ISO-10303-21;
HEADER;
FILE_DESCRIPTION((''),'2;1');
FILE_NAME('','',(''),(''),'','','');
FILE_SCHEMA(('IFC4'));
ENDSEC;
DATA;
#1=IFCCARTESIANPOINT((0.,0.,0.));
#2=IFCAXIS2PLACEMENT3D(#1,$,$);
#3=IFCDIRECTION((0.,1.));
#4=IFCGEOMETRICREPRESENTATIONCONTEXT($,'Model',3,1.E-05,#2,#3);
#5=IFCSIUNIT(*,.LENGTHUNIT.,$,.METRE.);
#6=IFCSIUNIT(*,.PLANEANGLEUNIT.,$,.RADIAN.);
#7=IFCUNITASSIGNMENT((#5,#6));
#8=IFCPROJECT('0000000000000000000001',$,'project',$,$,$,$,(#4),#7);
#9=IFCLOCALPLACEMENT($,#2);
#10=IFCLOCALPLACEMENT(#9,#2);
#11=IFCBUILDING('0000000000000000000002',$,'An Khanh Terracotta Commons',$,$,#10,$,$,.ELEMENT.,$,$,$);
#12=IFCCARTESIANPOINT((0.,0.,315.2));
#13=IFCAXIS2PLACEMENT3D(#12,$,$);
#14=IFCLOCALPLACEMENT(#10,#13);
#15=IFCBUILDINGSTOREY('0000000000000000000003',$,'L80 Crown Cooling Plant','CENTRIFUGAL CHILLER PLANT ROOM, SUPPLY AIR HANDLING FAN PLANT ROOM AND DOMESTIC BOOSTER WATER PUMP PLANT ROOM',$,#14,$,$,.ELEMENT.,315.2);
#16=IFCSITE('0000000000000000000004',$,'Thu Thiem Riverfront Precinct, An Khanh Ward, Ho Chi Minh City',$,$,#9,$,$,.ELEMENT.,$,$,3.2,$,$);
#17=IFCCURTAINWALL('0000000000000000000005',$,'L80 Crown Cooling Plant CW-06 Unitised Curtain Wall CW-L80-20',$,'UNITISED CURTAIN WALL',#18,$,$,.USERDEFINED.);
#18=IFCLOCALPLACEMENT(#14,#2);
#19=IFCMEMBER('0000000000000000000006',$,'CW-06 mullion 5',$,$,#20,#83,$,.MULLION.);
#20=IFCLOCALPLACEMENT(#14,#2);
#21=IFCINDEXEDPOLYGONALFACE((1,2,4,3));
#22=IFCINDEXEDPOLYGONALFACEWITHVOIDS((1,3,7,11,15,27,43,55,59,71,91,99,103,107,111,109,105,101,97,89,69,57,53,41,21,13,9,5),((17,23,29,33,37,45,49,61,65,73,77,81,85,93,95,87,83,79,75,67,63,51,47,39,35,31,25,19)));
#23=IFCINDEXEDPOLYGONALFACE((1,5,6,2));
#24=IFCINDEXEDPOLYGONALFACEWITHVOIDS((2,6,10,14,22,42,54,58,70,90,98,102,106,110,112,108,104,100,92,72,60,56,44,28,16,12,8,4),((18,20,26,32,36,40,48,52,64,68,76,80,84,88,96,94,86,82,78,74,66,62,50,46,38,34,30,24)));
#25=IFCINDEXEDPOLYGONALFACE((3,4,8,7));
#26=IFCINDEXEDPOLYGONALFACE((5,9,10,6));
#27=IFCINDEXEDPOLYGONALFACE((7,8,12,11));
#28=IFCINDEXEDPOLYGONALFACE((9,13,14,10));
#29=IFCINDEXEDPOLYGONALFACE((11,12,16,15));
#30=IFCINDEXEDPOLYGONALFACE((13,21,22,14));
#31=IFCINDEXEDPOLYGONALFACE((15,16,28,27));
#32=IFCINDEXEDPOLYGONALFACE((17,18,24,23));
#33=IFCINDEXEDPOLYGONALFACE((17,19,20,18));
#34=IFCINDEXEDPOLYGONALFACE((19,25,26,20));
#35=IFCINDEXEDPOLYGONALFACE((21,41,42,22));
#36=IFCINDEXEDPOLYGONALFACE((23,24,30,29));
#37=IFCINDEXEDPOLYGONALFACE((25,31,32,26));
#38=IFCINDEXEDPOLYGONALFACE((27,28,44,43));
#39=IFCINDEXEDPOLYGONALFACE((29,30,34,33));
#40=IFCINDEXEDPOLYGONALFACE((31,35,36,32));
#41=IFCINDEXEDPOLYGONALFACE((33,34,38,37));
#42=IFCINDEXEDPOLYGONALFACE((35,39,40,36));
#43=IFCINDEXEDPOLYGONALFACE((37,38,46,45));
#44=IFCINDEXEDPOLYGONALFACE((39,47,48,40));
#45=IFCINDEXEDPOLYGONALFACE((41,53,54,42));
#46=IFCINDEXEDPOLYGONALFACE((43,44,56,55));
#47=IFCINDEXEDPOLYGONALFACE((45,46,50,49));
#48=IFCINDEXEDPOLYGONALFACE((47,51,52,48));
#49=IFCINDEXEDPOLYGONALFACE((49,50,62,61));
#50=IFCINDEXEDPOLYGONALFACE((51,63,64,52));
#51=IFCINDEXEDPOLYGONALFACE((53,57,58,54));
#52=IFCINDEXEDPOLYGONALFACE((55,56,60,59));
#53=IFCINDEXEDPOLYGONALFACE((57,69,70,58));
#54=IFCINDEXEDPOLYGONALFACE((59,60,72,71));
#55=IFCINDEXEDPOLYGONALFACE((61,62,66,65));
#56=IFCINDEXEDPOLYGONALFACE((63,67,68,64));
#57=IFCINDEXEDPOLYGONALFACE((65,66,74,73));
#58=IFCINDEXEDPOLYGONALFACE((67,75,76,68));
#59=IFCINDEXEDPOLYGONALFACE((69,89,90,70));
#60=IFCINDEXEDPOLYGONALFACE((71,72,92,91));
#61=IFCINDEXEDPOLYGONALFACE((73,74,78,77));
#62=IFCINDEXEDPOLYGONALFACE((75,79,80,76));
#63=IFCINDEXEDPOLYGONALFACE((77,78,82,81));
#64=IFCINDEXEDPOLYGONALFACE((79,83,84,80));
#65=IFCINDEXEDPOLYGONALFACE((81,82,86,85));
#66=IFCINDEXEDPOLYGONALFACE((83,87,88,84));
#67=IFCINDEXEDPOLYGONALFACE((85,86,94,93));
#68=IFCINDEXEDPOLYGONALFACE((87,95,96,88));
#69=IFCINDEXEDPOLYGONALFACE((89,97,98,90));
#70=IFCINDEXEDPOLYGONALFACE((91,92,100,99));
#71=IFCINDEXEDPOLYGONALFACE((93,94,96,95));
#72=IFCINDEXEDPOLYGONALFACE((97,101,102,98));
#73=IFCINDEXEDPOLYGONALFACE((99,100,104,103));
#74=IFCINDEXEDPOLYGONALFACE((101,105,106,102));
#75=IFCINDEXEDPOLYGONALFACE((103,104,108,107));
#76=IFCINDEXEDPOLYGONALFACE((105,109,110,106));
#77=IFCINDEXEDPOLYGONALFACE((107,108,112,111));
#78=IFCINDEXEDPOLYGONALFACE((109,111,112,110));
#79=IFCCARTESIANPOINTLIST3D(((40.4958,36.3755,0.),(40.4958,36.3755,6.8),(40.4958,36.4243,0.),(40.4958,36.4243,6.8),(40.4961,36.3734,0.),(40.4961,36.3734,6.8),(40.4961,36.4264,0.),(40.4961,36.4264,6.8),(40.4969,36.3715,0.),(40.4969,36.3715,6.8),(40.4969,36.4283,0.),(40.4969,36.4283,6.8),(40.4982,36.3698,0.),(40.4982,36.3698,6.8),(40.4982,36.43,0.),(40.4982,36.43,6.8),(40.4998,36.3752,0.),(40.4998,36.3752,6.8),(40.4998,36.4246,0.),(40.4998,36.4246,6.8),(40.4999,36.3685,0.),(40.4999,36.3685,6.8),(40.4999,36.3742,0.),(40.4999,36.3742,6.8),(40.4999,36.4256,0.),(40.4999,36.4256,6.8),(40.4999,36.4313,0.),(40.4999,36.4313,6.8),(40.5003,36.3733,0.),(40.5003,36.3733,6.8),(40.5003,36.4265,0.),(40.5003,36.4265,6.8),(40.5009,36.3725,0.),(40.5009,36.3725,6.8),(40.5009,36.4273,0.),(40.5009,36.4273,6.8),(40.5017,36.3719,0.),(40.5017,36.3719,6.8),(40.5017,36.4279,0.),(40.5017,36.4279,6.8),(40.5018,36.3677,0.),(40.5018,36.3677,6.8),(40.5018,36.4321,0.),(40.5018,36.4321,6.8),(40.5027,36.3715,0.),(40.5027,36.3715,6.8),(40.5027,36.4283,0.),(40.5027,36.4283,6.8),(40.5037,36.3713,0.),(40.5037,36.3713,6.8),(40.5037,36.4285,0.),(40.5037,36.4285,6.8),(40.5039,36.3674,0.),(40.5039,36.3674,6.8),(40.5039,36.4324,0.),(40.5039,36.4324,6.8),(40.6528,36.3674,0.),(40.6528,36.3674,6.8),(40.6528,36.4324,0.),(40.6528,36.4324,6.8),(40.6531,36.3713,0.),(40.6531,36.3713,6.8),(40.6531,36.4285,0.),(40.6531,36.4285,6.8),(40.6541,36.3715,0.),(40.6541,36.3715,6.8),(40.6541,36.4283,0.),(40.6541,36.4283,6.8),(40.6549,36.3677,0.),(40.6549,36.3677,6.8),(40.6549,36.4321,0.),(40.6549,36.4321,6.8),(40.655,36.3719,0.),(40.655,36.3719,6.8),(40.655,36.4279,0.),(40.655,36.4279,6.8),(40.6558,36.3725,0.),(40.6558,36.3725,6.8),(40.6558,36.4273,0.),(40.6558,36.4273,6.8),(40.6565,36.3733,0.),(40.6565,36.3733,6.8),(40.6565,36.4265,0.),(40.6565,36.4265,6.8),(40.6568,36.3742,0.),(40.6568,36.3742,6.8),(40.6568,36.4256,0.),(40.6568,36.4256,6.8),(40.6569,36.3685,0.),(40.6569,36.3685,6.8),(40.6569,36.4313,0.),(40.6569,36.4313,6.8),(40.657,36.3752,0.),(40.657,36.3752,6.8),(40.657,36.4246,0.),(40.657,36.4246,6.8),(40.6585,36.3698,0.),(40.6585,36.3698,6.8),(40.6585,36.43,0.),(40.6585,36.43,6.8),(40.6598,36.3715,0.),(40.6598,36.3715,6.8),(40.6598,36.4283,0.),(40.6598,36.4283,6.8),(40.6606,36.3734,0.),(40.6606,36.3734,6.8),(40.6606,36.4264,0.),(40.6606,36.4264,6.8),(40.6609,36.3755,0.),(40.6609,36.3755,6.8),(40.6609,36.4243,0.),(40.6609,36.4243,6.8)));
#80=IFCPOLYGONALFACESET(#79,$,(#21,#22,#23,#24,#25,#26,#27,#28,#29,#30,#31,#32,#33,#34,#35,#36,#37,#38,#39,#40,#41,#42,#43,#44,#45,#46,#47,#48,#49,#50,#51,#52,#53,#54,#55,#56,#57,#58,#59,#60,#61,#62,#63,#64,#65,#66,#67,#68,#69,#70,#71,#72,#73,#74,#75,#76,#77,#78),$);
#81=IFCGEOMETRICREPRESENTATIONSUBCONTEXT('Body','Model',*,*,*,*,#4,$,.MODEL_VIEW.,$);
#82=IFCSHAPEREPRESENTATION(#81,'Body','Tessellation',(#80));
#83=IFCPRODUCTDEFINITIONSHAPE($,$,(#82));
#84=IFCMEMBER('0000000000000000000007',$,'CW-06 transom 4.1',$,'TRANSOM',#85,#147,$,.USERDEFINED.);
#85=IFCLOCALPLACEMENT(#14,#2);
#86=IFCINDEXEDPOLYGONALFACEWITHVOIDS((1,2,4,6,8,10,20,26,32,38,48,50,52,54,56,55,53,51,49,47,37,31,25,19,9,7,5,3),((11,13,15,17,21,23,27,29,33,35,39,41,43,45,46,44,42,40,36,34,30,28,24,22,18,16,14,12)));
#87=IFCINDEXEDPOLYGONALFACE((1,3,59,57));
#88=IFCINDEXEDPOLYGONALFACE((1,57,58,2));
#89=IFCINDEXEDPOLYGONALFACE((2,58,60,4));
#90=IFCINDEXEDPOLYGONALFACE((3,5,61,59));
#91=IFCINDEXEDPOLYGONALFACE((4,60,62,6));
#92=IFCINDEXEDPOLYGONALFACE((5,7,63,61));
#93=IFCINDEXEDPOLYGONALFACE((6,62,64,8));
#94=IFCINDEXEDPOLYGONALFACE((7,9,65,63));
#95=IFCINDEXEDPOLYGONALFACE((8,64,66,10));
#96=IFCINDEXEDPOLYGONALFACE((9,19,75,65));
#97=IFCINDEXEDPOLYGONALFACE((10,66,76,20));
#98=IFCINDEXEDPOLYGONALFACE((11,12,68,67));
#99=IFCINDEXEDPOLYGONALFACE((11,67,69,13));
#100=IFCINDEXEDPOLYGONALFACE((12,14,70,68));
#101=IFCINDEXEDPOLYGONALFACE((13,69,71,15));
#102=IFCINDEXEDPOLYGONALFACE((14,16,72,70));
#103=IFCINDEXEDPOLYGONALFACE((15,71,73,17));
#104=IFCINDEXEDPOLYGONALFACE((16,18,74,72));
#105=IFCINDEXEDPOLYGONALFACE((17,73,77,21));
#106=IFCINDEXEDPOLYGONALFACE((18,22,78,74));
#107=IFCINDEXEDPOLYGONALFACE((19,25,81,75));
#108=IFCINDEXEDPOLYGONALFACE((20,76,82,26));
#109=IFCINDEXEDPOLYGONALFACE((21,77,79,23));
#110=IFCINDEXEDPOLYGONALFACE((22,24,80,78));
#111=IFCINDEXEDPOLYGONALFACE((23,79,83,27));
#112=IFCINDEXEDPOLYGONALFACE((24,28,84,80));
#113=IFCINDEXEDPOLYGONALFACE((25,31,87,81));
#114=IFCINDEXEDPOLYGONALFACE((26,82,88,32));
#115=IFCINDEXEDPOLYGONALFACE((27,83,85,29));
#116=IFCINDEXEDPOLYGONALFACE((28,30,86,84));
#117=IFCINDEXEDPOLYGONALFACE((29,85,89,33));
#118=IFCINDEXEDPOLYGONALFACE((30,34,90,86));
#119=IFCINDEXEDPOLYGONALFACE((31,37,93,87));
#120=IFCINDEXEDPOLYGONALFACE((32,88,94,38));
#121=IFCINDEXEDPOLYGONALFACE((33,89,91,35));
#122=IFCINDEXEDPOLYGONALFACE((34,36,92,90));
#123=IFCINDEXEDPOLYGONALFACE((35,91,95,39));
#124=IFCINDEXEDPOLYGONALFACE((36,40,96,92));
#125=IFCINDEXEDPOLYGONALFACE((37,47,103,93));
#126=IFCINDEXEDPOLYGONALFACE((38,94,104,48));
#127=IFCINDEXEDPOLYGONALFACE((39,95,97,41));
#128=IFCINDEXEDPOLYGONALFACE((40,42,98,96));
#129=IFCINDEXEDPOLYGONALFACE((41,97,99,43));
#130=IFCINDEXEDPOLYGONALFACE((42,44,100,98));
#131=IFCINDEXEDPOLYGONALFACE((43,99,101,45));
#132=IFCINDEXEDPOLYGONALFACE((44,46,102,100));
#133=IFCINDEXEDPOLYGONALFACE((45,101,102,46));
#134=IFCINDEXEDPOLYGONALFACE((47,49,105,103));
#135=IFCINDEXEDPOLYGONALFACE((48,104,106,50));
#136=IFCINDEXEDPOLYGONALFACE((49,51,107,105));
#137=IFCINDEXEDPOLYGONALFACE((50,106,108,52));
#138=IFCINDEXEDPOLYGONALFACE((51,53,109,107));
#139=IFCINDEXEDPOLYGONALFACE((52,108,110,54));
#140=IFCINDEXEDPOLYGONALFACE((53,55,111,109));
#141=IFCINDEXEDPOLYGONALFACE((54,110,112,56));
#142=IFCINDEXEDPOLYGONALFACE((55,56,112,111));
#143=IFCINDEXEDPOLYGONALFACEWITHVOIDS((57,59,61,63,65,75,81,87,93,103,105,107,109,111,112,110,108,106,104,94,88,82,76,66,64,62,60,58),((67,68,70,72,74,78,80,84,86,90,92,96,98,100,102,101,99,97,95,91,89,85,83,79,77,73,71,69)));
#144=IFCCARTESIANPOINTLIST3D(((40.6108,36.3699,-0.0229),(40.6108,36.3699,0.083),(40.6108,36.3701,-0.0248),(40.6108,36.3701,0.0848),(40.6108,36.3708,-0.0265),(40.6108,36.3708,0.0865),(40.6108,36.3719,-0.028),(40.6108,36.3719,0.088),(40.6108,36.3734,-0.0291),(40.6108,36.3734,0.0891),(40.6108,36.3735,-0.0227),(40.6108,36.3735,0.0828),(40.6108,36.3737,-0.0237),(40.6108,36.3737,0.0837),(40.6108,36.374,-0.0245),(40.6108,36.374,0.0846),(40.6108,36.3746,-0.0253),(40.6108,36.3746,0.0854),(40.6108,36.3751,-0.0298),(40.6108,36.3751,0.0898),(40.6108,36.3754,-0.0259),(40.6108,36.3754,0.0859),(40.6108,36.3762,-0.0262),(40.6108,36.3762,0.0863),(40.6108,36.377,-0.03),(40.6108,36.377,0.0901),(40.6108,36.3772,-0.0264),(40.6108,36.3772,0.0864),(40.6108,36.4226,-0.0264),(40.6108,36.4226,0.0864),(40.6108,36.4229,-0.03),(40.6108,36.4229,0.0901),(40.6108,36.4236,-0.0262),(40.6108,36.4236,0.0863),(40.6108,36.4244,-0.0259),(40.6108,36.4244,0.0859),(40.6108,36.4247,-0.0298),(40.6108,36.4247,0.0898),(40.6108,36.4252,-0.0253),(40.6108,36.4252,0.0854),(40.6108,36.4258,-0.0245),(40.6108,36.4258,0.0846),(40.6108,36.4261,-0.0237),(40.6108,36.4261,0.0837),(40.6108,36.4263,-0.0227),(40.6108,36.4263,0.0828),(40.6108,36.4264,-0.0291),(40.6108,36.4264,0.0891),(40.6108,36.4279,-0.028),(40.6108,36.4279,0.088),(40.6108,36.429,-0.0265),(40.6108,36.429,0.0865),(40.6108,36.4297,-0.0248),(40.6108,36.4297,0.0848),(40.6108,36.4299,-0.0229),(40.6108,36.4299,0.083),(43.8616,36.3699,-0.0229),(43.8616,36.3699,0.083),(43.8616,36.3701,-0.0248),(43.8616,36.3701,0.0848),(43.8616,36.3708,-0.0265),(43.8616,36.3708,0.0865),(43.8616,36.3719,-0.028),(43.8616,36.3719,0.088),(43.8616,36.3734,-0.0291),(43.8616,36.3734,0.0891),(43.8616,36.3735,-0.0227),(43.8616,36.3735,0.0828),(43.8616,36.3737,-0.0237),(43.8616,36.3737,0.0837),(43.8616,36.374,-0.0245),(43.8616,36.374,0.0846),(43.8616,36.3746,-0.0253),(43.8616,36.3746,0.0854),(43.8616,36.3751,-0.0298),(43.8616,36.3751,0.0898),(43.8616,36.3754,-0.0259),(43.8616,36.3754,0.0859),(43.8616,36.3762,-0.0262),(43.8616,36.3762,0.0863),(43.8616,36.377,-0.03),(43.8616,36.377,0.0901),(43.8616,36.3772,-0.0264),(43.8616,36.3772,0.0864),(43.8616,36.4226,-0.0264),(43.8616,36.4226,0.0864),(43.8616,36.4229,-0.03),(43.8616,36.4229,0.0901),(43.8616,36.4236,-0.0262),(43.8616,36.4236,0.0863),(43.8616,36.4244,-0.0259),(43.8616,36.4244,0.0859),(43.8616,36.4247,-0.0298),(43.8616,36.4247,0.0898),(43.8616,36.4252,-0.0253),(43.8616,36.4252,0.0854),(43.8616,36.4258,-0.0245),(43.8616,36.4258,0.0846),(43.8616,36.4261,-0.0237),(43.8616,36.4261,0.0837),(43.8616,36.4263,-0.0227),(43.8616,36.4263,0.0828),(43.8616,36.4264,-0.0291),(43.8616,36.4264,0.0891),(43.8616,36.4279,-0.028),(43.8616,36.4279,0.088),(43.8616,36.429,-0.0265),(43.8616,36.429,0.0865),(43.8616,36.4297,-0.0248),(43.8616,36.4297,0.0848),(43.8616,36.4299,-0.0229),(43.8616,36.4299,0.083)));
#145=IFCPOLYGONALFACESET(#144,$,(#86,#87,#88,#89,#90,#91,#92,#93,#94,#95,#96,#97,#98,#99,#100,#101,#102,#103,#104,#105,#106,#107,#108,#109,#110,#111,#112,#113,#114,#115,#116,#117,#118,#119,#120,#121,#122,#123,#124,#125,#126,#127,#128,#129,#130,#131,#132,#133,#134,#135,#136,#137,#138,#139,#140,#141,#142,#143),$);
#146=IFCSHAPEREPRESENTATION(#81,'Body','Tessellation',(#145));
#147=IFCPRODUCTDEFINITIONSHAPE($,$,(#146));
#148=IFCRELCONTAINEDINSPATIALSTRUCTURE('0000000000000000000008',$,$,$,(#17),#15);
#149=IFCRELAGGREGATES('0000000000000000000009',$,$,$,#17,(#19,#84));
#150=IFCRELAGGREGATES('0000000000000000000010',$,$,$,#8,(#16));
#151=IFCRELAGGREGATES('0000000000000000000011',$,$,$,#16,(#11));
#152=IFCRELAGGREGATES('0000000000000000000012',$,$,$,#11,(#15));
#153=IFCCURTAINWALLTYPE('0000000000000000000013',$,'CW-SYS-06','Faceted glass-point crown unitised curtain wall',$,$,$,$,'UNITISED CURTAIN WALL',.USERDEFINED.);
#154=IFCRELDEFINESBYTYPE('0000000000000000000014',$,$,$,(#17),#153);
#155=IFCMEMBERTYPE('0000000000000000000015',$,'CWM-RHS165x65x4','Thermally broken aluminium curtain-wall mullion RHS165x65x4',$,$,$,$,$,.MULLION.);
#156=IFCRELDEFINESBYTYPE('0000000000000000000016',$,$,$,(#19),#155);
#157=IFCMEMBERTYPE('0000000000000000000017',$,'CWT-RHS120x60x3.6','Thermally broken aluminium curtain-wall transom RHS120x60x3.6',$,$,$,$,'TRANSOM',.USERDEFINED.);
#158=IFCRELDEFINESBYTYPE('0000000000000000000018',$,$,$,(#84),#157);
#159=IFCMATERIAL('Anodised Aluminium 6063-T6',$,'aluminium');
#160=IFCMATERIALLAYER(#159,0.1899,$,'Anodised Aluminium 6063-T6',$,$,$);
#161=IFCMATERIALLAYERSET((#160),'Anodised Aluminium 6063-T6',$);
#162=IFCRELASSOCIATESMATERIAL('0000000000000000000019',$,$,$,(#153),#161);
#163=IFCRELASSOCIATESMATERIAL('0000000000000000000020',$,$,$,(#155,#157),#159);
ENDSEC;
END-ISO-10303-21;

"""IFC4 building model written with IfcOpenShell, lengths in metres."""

from ifc_helpers import new_model, si_unit, direction, frame, origin, origin_2d, place, context, subcontext, project, spatial, hollow_rectangle, extrude, material, layer, layer_set, material_profile, profile_set, type_object, element, aggregate, save


model = new_model("IFC4")

# Units and contexts
model_context = context("Model", 3, precision=1e-05, world=origin(), true_north=direction((0.0, 1.0)))
body_context = subcontext(model_context, "Body", "Model", "MODEL_VIEW")
ifc_project = project(units=[si_unit("LENGTHUNIT", "METRE"), si_unit("PLANEANGLEUNIT", "RADIAN")], contexts=[model_context])

# Site, building, storey
site_placement = place(None, origin())
site = spatial("IfcSite", under=ifc_project, at=site_placement, Name="Thu Thiem Riverfront Precinct, An Khanh Ward, Ho Chi Minh City", CompositionType="ELEMENT", RefElevation=3.2)
building_placement = place(site_placement, origin())
building = spatial("IfcBuilding", under=site, at=building_placement, Name="An Khanh Terracotta Commons", CompositionType="ELEMENT")
storey_placement = place(building_placement, frame((0.0, 0.0, 315.2)))
storey = spatial("IfcBuildingStorey", under=building, at=storey_placement, Name="L80 Crown Cooling Plant", Description="CENTRIFUGAL CHILLER PLANT ROOM, SUPPLY AIR HANDLING FAN PLANT ROOM AND DOMESTIC BOOSTER WATER PUMP PLANT ROOM", CompositionType="ELEMENT", Elevation=315.2)

# Curtain wall, members
ifc_material_1 = material(Name="Anodised Aluminium 6063-T6", Category="aluminium")
ifc_layer_1 = layer(ifc_material_1, 0.1899, Name="Anodised Aluminium 6063-T6")
ifc_layer_set_1 = layer_set([ifc_layer_1], Name="Anodised Aluminium 6063-T6")
curtain_wall_type = type_object("IfcCurtainWallType", Name="CW-SYS-06", Description="Faceted glass-point crown unitised curtain wall", ElementType="UNITISED CURTAIN WALL", PredefinedType="USERDEFINED", material=ifc_layer_set_1)
curtain_wall_placement = place(storey_placement, origin())
curtain_wall = element("IfcCurtainWall", 1, at=curtain_wall_placement, inside=storey, type_object=curtain_wall_type, Name="L80 Crown Cooling Plant CW-06 Unitised Curtain Wall CW-L80-20", ObjectType="UNITISED CURTAIN WALL", PredefinedType="USERDEFINED")
ifc_material_profile_1 = material_profile(ifc_material_1, hollow_rectangle(XDim=0.0649, YDim=0.165, WallThickness=0.0039, InnerFilletRadius=0.0039, OuterFilletRadius=0.0081, at=origin_2d()), Name="RHS165x65x4")
ifc_profile_set_1 = profile_set([ifc_material_profile_1], Name="Anodised Aluminium 6063-T6")
member_type_1 = type_object("IfcMemberType", Name="CWM-RHS165x65x4", Description="Thermally broken aluminium curtain-wall mullion RHS165x65x4", PredefinedType="MULLION", material=ifc_profile_set_1)
member_1_placement = place(storey_placement, frame((40.5784, 36.3999, 0.0), z_axis=(0.0, 0.0, 1.0), x_axis=(0.0, -1.0, 0.0)))
member_1 = element("IfcMember", 2, at=member_1_placement, type_object=member_type_1, Name="CW-06 mullion 5", PredefinedType="MULLION", context=body_context, shape_type="SweptSolid", body=[
    extrude(hollow_rectangle(XDim=0.0649, YDim=0.165, WallThickness=0.0039, InnerFilletRadius=0.0039, OuterFilletRadius=0.0081, at=origin_2d()), origin(), (0.0, 0.0, 1.0), 6.8),
])
ifc_material_profile_2 = material_profile(ifc_material_1, hollow_rectangle(XDim=0.0601, YDim=0.1201, WallThickness=0.0037, InnerFilletRadius=0.0037, OuterFilletRadius=0.0071, at=origin_2d()), Name="RHS120x60x3.6")
ifc_profile_set_2 = profile_set([ifc_material_profile_2], Name="Anodised Aluminium 6063-T6")
member_type_2 = type_object("IfcMemberType", Name="CWT-RHS120x60x3.6", Description="Thermally broken aluminium curtain-wall transom RHS120x60x3.6", ElementType="TRANSOM", PredefinedType="USERDEFINED", material=ifc_profile_set_2)
member_2_placement = place(storey_placement, frame((43.8616, 36.3999, 0.03), z_axis=(-1.0, 0.0, 0.0), x_axis=(0.0, -1.0, 0.0)))
member_2 = element("IfcMember", 3, at=member_2_placement, type_object=member_type_2, Name="CW-06 transom 4.1", ObjectType="TRANSOM", PredefinedType="USERDEFINED", context=body_context, shape_type="SweptSolid", body=[
    extrude(hollow_rectangle(XDim=0.0601, YDim=0.1201, WallThickness=0.0037, InnerFilletRadius=0.0037, OuterFilletRadius=0.0071, at=origin_2d()), origin(), (0.0, 0.0, 1.0), 3.2507),
])
aggregate(curtain_wall, [member_1, member_2])

save(model, "model.ifc")
